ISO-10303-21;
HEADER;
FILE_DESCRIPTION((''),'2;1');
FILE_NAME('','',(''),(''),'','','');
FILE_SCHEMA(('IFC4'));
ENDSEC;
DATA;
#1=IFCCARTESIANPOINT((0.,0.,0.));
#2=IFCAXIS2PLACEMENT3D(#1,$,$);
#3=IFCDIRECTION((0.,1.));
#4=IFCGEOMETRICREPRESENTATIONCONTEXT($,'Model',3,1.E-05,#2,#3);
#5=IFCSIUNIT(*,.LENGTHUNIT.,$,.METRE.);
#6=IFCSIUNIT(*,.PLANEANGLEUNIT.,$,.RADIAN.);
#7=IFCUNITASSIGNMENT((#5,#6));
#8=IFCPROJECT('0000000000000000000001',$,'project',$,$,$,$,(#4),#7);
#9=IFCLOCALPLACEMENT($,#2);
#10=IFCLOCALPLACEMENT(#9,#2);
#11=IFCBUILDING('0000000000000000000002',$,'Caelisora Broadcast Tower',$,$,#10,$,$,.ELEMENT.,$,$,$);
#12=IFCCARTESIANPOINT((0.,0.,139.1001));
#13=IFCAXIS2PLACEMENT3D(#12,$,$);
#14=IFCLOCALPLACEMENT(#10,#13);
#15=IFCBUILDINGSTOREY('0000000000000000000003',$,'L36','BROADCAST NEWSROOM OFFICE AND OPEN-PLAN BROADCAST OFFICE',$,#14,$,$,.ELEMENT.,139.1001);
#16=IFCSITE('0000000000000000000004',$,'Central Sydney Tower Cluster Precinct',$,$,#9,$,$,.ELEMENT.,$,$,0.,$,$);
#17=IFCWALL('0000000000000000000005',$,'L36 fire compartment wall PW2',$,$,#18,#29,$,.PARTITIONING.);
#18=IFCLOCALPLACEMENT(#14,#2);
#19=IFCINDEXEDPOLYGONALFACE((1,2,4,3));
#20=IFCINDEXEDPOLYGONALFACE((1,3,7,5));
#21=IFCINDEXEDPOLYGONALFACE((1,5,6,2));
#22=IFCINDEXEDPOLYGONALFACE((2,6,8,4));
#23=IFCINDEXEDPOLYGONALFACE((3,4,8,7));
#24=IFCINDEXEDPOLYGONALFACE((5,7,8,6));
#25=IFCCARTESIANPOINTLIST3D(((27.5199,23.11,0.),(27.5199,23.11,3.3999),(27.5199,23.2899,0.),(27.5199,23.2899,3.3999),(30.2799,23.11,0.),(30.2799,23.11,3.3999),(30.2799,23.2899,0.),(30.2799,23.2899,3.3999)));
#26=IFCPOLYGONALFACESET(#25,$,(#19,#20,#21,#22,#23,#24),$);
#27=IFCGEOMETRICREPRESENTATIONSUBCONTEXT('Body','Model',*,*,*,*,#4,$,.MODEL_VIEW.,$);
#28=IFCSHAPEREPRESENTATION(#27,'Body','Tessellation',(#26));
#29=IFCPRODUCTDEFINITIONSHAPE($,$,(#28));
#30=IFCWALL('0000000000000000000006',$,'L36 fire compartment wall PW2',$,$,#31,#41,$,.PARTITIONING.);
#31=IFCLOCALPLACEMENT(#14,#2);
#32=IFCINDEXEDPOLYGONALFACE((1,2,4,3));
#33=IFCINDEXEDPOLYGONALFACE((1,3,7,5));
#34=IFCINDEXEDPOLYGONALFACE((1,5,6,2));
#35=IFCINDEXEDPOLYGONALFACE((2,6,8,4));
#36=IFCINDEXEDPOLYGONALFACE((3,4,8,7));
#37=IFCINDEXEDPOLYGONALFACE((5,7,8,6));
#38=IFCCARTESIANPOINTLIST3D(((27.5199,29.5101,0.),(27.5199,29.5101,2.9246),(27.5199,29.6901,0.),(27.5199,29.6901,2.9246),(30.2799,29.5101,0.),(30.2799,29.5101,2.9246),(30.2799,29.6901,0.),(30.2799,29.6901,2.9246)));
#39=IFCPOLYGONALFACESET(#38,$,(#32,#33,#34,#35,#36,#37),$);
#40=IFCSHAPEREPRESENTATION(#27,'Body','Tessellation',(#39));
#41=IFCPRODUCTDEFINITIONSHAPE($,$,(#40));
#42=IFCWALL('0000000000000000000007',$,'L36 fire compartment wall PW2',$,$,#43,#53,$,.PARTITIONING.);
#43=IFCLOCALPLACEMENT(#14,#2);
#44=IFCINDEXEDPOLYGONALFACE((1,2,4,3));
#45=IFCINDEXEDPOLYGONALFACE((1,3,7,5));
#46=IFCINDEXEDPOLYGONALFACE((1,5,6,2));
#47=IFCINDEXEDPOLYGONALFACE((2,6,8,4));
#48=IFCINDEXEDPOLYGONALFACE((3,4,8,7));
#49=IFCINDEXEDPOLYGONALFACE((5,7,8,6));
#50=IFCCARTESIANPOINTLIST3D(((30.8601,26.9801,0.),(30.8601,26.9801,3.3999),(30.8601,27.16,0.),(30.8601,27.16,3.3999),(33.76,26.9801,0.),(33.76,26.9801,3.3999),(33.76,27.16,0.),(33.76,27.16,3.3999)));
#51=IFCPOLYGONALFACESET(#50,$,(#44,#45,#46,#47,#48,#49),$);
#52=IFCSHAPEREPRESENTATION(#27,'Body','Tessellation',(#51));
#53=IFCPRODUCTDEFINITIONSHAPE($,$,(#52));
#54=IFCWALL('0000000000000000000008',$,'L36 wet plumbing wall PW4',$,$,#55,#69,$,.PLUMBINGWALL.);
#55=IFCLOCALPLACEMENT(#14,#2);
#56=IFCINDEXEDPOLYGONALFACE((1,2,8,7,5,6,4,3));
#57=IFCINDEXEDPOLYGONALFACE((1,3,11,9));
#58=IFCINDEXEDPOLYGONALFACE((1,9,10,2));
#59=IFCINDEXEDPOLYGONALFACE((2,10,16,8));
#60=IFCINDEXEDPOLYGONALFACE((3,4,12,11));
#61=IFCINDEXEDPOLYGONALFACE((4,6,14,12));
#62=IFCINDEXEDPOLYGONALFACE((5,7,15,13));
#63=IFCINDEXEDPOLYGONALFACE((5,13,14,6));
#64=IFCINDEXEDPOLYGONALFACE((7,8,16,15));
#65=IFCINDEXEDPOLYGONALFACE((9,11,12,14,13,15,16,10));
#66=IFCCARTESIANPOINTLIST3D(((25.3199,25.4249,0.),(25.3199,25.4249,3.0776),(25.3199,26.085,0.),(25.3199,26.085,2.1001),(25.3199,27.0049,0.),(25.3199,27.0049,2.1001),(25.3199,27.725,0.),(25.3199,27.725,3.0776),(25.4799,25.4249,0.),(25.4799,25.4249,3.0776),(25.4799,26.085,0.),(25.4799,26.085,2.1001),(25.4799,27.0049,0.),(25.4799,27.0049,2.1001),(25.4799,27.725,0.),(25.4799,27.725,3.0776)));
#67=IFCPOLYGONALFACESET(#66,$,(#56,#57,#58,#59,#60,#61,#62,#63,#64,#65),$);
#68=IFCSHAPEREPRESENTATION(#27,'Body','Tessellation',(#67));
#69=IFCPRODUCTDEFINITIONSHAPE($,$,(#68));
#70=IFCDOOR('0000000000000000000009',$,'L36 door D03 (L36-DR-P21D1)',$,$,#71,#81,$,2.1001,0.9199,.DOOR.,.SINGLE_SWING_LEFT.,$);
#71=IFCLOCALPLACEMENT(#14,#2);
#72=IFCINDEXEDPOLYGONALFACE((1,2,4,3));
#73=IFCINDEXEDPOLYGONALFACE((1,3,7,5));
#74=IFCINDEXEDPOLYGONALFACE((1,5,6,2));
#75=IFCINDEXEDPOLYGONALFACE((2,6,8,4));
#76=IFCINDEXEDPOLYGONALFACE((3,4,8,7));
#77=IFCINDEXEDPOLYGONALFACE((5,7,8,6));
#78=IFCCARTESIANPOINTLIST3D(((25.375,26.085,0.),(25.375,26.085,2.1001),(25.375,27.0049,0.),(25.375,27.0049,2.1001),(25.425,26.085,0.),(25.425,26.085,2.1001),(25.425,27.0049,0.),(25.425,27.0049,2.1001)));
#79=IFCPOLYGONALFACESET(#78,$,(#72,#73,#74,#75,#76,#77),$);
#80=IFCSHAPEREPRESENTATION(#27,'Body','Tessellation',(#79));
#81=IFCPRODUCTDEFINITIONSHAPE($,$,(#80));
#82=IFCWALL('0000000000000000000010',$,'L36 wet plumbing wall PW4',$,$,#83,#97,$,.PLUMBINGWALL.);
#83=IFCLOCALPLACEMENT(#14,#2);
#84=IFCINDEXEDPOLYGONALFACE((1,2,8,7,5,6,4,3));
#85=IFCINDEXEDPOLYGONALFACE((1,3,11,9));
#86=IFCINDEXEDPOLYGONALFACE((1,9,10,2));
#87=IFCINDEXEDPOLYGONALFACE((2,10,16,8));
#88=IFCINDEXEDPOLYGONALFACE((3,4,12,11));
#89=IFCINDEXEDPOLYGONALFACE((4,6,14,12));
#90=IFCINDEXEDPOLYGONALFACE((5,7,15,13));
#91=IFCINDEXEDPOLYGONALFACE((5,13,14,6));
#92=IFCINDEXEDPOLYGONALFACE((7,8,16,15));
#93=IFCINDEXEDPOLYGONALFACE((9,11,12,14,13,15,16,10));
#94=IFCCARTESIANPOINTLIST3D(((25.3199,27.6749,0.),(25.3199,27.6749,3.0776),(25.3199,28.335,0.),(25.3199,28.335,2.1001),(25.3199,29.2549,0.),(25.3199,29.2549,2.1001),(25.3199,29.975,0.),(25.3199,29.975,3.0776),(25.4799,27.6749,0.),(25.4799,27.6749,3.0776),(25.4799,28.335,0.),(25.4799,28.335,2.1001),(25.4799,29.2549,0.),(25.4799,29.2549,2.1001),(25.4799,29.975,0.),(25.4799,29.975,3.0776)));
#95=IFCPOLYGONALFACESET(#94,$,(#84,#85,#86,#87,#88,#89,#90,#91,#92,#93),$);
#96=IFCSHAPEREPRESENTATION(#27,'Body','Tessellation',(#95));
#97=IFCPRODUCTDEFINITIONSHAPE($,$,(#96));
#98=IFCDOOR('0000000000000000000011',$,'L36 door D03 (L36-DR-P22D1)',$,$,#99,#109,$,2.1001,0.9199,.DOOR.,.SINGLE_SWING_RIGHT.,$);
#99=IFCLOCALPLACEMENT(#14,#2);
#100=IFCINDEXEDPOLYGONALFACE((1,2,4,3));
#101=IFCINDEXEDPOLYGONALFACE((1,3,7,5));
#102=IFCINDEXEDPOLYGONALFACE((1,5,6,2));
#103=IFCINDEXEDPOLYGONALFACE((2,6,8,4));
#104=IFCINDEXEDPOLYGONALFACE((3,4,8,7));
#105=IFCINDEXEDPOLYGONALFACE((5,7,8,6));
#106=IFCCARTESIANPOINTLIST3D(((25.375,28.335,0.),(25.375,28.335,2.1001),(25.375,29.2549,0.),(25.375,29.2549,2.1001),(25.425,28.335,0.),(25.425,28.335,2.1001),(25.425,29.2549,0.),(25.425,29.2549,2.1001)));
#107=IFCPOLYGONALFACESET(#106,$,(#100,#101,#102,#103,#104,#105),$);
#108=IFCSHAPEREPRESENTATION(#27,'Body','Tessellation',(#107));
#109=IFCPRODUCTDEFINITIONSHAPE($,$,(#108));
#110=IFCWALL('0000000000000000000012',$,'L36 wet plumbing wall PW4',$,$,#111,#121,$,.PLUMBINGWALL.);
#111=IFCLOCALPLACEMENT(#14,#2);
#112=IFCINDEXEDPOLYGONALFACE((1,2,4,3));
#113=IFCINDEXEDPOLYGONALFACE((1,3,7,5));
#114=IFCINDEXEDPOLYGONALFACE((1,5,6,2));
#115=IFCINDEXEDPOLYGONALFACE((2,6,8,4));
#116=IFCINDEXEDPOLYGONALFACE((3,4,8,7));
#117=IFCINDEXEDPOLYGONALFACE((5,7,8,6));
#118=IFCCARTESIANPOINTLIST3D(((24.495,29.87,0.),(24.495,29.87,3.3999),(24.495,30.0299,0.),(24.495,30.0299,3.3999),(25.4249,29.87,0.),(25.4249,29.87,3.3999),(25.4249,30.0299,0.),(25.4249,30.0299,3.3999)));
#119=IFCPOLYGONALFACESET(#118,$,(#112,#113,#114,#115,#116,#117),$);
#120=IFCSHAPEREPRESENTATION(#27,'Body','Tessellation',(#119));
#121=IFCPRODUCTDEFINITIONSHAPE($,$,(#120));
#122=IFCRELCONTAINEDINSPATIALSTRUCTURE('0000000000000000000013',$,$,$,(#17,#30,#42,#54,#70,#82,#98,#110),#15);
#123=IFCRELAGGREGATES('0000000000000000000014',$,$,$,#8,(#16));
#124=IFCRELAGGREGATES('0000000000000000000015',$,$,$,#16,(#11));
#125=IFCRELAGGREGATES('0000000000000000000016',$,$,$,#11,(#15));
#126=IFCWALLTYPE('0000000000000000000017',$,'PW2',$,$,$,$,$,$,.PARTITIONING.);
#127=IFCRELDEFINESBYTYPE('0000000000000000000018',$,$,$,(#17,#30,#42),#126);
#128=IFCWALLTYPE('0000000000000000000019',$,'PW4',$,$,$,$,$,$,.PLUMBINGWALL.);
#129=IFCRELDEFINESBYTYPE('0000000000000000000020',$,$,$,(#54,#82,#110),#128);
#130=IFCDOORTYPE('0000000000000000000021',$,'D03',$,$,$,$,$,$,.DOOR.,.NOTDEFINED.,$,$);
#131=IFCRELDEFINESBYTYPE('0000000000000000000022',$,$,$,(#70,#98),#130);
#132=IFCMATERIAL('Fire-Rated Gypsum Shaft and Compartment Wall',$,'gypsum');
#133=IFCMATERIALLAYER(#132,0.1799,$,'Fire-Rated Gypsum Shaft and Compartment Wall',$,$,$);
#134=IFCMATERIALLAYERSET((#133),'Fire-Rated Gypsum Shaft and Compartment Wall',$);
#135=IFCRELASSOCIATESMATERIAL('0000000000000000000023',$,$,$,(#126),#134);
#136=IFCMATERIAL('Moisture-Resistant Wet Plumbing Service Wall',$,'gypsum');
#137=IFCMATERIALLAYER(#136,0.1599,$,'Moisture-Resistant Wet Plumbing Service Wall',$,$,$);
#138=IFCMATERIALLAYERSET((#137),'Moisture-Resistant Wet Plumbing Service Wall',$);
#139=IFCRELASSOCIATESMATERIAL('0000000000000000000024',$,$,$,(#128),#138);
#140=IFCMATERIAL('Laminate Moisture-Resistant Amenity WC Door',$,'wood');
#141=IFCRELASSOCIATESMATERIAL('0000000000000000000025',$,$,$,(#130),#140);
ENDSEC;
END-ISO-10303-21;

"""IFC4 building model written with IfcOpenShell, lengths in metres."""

from ifc_helpers import new_model, si_unit, direction, frame, frame_2d, origin, place, context, subcontext, project, spatial, rectangle, extrude, material, layer, layer_set, type_object, element, fill, save


model = new_model("IFC4")

# Units and contexts
model_context = context("Model", 3, precision=1e-05, world=origin(), true_north=direction((0.0, 1.0)))
body_context = subcontext(model_context, "Body", "Model", "MODEL_VIEW")
ifc_project = project(units=[si_unit("LENGTHUNIT", "METRE"), si_unit("PLANEANGLEUNIT", "RADIAN")], contexts=[model_context])

# Site, building, storey
site_placement = place(None, origin())
site = spatial("IfcSite", under=ifc_project, at=site_placement, Name="Central Sydney Tower Cluster Precinct", CompositionType="ELEMENT", RefElevation=0.0)
building_placement = place(site_placement, origin())
building = spatial("IfcBuilding", under=site, at=building_placement, Name="Caelisora Broadcast Tower", CompositionType="ELEMENT")
storey_placement = place(building_placement, frame((0.0, 0.0, 139.1001)))
storey = spatial("IfcBuildingStorey", under=building, at=storey_placement, Name="L36", Description="BROADCAST NEWSROOM OFFICE AND OPEN-PLAN BROADCAST OFFICE", CompositionType="ELEMENT", Elevation=139.1001)

# Shared definitions
ifc_material_1 = material(Name="Fire-Rated Gypsum Shaft and Compartment Wall", Category="gypsum")
ifc_layer_1 = layer(ifc_material_1, 0.1799, Name="Fire-Rated Gypsum Shaft and Compartment Wall")
ifc_layer_set_1 = layer_set([ifc_layer_1], Name="Fire-Rated Gypsum Shaft and Compartment Wall")
wall_type_1 = type_object("IfcWallType", Name="PW2", PredefinedType="PARTITIONING", material=ifc_layer_set_1)

# Walls
wall_1_placement = place(storey_placement, frame((27.52, 23.2, 0.0), z_axis=(0.0, 0.0, 1.0), x_axis=(1.0, 0.0, 0.0)))
element("IfcWall", 1, at=wall_1_placement, inside=storey, type_object=wall_type_1, Name="L36 fire compartment wall PW2", PredefinedType="PARTITIONING", context=body_context, shape_type="SweptSolid", body=[
    extrude(rectangle(XDim=2.76, YDim=0.1799, at=frame_2d((1.3799, 0.0))), origin(), (0.0, 0.0, 1.0), 3.3999),
])
wall_2_placement = place(storey_placement, frame((27.52, 29.6001, 0.0), z_axis=(0.0, 0.0, 1.0), x_axis=(1.0, 0.0, 0.0)))
element("IfcWall", 2, at=wall_2_placement, inside=storey, type_object=wall_type_1, Name="L36 fire compartment wall PW2", PredefinedType="PARTITIONING", context=body_context, shape_type="SweptSolid", body=[
    extrude(rectangle(XDim=2.76, YDim=0.1799, at=frame_2d((1.3799, 0.0))), origin(), (0.0, 0.0, 1.0), 2.9246),
])
wall_3_placement = place(storey_placement, frame((30.8601, 27.0701, 0.0), z_axis=(0.0, 0.0, 1.0), x_axis=(1.0, 0.0, 0.0)))
element("IfcWall", 3, at=wall_3_placement, inside=storey, type_object=wall_type_1, Name="L36 fire compartment wall PW2", PredefinedType="PARTITIONING", context=body_context, shape_type="SweptSolid", body=[
    extrude(rectangle(XDim=2.8999, YDim=0.1799, at=frame_2d((1.45, 0.0))), origin(), (0.0, 0.0, 1.0), 3.3999),
])

# Walls, openings, doors
ifc_material_2 = material(Name="Moisture-Resistant Wet Plumbing Service Wall", Category="gypsum")
ifc_layer_2 = layer(ifc_material_2, 0.1599, Name="Moisture-Resistant Wet Plumbing Service Wall")
ifc_layer_set_2 = layer_set([ifc_layer_2], Name="Moisture-Resistant Wet Plumbing Service Wall")
wall_type_2 = type_object("IfcWallType", Name="PW4", PredefinedType="PLUMBINGWALL", material=ifc_layer_set_2)
wall_4_placement = place(storey_placement, frame((25.3999, 25.425, 0.0), z_axis=(0.0, 0.0, 1.0), x_axis=(0.0, 1.0, 0.0)))
wall_4 = element("IfcWall", 4, at=wall_4_placement, inside=storey, type_object=wall_type_2, Name="L36 wet plumbing wall PW4", PredefinedType="PLUMBINGWALL", context=body_context, shape_type="SweptSolid", body=[
    extrude(rectangle(XDim=2.3, YDim=0.1599, at=frame_2d((1.1499, 0.0))), origin(), (0.0, 0.0, 1.0), 3.0776),
])
opening_1_placement = place(wall_4_placement, frame((0.6599, 0.0, 0.0)))
opening_1 = element("IfcOpeningElement", 5, at=opening_1_placement, cuts=wall_4, PredefinedType="OPENING", context=body_context, shape_type="SweptSolid", body=[
    extrude(rectangle(XDim=0.9199, YDim=2.1001, at=frame_2d((0.46, 1.05))), frame((0.0, 0.092, 0.0), z_axis=(0.0, -1.0, 0.0), x_axis=(1.0, 0.0, 0.0)), (0.0, 0.0, 1.0), 0.1838),
])
ifc_material_3 = material(Name="Laminate Moisture-Resistant Amenity WC Door", Category="wood")
door_type_1 = type_object("IfcDoorType", Name="D03", OperationType="NOTDEFINED", PredefinedType="DOOR", material=ifc_material_3)
door_1_placement = place(opening_1_placement, origin())
door_1 = element("IfcDoor", 6, at=door_1_placement, inside=storey, type_object=door_type_1, Name="L36 door D03 (L36-DR-P21D1)", OperationType="SINGLE_SWING_LEFT", OverallHeight=2.1001, OverallWidth=0.9199, PredefinedType="DOOR", context=body_context, shape_type="SweptSolid", body=[
    extrude(rectangle(XDim=0.9199, YDim=2.1001, at=frame_2d((0.46, 1.05))), frame((0.0, 0.0249, 0.0), z_axis=(0.0, -1.0, 0.0), x_axis=(1.0, 0.0, 0.0)), (0.0, 0.0, 1.0), 0.05),
])
fill(opening_1, door_1)
wall_5_placement = place(storey_placement, frame((25.3999, 27.675, 0.0), z_axis=(0.0, 0.0, 1.0), x_axis=(0.0, 1.0, 0.0)))
wall_5 = element("IfcWall", 7, at=wall_5_placement, inside=storey, type_object=wall_type_2, Name="L36 wet plumbing wall PW4", PredefinedType="PLUMBINGWALL", context=body_context, shape_type="SweptSolid", body=[
    extrude(rectangle(XDim=2.3, YDim=0.1599, at=frame_2d((1.1499, 0.0))), origin(), (0.0, 0.0, 1.0), 3.0776),
])
opening_2_placement = place(wall_5_placement, frame((0.6599, 0.0, 0.0)))
opening_2 = element("IfcOpeningElement", 8, at=opening_2_placement, cuts=wall_5, PredefinedType="OPENING", context=body_context, shape_type="SweptSolid", body=[
    extrude(rectangle(XDim=0.9199, YDim=2.1001, at=frame_2d((0.46, 1.05))), frame((0.0, 0.092, 0.0), z_axis=(0.0, -1.0, 0.0), x_axis=(1.0, 0.0, 0.0)), (0.0, 0.0, 1.0), 0.1838),
])
door_2_placement = place(opening_2_placement, origin())
door_2 = element("IfcDoor", 9, at=door_2_placement, inside=storey, type_object=door_type_1, Name="L36 door D03 (L36-DR-P22D1)", OperationType="SINGLE_SWING_RIGHT", OverallHeight=2.1001, OverallWidth=0.9199, PredefinedType="DOOR", context=body_context, shape_type="SweptSolid", body=[
    extrude(rectangle(XDim=0.9199, YDim=2.1001, at=frame_2d((0.46, 1.05))), frame((0.0, 0.0249, 0.0), z_axis=(0.0, -1.0, 0.0), x_axis=(1.0, 0.0, 0.0)), (0.0, 0.0, 1.0), 0.05),
])
fill(opening_2, door_2)

# Wall
wall_6_placement = place(storey_placement, frame((24.4951, 29.95, 0.0), z_axis=(0.0, 0.0, 1.0), x_axis=(1.0, 0.0, 0.0)))
element("IfcWall", 10, at=wall_6_placement, inside=storey, type_object=wall_type_2, Name="L36 wet plumbing wall PW4", PredefinedType="PLUMBINGWALL", context=body_context, shape_type="SweptSolid", body=[
    extrude(rectangle(XDim=0.9299, YDim=0.1599, at=frame_2d((0.4648, 0.0))), origin(), (0.0, 0.0, 1.0), 3.3999),
])

save(model, "model.ifc")
